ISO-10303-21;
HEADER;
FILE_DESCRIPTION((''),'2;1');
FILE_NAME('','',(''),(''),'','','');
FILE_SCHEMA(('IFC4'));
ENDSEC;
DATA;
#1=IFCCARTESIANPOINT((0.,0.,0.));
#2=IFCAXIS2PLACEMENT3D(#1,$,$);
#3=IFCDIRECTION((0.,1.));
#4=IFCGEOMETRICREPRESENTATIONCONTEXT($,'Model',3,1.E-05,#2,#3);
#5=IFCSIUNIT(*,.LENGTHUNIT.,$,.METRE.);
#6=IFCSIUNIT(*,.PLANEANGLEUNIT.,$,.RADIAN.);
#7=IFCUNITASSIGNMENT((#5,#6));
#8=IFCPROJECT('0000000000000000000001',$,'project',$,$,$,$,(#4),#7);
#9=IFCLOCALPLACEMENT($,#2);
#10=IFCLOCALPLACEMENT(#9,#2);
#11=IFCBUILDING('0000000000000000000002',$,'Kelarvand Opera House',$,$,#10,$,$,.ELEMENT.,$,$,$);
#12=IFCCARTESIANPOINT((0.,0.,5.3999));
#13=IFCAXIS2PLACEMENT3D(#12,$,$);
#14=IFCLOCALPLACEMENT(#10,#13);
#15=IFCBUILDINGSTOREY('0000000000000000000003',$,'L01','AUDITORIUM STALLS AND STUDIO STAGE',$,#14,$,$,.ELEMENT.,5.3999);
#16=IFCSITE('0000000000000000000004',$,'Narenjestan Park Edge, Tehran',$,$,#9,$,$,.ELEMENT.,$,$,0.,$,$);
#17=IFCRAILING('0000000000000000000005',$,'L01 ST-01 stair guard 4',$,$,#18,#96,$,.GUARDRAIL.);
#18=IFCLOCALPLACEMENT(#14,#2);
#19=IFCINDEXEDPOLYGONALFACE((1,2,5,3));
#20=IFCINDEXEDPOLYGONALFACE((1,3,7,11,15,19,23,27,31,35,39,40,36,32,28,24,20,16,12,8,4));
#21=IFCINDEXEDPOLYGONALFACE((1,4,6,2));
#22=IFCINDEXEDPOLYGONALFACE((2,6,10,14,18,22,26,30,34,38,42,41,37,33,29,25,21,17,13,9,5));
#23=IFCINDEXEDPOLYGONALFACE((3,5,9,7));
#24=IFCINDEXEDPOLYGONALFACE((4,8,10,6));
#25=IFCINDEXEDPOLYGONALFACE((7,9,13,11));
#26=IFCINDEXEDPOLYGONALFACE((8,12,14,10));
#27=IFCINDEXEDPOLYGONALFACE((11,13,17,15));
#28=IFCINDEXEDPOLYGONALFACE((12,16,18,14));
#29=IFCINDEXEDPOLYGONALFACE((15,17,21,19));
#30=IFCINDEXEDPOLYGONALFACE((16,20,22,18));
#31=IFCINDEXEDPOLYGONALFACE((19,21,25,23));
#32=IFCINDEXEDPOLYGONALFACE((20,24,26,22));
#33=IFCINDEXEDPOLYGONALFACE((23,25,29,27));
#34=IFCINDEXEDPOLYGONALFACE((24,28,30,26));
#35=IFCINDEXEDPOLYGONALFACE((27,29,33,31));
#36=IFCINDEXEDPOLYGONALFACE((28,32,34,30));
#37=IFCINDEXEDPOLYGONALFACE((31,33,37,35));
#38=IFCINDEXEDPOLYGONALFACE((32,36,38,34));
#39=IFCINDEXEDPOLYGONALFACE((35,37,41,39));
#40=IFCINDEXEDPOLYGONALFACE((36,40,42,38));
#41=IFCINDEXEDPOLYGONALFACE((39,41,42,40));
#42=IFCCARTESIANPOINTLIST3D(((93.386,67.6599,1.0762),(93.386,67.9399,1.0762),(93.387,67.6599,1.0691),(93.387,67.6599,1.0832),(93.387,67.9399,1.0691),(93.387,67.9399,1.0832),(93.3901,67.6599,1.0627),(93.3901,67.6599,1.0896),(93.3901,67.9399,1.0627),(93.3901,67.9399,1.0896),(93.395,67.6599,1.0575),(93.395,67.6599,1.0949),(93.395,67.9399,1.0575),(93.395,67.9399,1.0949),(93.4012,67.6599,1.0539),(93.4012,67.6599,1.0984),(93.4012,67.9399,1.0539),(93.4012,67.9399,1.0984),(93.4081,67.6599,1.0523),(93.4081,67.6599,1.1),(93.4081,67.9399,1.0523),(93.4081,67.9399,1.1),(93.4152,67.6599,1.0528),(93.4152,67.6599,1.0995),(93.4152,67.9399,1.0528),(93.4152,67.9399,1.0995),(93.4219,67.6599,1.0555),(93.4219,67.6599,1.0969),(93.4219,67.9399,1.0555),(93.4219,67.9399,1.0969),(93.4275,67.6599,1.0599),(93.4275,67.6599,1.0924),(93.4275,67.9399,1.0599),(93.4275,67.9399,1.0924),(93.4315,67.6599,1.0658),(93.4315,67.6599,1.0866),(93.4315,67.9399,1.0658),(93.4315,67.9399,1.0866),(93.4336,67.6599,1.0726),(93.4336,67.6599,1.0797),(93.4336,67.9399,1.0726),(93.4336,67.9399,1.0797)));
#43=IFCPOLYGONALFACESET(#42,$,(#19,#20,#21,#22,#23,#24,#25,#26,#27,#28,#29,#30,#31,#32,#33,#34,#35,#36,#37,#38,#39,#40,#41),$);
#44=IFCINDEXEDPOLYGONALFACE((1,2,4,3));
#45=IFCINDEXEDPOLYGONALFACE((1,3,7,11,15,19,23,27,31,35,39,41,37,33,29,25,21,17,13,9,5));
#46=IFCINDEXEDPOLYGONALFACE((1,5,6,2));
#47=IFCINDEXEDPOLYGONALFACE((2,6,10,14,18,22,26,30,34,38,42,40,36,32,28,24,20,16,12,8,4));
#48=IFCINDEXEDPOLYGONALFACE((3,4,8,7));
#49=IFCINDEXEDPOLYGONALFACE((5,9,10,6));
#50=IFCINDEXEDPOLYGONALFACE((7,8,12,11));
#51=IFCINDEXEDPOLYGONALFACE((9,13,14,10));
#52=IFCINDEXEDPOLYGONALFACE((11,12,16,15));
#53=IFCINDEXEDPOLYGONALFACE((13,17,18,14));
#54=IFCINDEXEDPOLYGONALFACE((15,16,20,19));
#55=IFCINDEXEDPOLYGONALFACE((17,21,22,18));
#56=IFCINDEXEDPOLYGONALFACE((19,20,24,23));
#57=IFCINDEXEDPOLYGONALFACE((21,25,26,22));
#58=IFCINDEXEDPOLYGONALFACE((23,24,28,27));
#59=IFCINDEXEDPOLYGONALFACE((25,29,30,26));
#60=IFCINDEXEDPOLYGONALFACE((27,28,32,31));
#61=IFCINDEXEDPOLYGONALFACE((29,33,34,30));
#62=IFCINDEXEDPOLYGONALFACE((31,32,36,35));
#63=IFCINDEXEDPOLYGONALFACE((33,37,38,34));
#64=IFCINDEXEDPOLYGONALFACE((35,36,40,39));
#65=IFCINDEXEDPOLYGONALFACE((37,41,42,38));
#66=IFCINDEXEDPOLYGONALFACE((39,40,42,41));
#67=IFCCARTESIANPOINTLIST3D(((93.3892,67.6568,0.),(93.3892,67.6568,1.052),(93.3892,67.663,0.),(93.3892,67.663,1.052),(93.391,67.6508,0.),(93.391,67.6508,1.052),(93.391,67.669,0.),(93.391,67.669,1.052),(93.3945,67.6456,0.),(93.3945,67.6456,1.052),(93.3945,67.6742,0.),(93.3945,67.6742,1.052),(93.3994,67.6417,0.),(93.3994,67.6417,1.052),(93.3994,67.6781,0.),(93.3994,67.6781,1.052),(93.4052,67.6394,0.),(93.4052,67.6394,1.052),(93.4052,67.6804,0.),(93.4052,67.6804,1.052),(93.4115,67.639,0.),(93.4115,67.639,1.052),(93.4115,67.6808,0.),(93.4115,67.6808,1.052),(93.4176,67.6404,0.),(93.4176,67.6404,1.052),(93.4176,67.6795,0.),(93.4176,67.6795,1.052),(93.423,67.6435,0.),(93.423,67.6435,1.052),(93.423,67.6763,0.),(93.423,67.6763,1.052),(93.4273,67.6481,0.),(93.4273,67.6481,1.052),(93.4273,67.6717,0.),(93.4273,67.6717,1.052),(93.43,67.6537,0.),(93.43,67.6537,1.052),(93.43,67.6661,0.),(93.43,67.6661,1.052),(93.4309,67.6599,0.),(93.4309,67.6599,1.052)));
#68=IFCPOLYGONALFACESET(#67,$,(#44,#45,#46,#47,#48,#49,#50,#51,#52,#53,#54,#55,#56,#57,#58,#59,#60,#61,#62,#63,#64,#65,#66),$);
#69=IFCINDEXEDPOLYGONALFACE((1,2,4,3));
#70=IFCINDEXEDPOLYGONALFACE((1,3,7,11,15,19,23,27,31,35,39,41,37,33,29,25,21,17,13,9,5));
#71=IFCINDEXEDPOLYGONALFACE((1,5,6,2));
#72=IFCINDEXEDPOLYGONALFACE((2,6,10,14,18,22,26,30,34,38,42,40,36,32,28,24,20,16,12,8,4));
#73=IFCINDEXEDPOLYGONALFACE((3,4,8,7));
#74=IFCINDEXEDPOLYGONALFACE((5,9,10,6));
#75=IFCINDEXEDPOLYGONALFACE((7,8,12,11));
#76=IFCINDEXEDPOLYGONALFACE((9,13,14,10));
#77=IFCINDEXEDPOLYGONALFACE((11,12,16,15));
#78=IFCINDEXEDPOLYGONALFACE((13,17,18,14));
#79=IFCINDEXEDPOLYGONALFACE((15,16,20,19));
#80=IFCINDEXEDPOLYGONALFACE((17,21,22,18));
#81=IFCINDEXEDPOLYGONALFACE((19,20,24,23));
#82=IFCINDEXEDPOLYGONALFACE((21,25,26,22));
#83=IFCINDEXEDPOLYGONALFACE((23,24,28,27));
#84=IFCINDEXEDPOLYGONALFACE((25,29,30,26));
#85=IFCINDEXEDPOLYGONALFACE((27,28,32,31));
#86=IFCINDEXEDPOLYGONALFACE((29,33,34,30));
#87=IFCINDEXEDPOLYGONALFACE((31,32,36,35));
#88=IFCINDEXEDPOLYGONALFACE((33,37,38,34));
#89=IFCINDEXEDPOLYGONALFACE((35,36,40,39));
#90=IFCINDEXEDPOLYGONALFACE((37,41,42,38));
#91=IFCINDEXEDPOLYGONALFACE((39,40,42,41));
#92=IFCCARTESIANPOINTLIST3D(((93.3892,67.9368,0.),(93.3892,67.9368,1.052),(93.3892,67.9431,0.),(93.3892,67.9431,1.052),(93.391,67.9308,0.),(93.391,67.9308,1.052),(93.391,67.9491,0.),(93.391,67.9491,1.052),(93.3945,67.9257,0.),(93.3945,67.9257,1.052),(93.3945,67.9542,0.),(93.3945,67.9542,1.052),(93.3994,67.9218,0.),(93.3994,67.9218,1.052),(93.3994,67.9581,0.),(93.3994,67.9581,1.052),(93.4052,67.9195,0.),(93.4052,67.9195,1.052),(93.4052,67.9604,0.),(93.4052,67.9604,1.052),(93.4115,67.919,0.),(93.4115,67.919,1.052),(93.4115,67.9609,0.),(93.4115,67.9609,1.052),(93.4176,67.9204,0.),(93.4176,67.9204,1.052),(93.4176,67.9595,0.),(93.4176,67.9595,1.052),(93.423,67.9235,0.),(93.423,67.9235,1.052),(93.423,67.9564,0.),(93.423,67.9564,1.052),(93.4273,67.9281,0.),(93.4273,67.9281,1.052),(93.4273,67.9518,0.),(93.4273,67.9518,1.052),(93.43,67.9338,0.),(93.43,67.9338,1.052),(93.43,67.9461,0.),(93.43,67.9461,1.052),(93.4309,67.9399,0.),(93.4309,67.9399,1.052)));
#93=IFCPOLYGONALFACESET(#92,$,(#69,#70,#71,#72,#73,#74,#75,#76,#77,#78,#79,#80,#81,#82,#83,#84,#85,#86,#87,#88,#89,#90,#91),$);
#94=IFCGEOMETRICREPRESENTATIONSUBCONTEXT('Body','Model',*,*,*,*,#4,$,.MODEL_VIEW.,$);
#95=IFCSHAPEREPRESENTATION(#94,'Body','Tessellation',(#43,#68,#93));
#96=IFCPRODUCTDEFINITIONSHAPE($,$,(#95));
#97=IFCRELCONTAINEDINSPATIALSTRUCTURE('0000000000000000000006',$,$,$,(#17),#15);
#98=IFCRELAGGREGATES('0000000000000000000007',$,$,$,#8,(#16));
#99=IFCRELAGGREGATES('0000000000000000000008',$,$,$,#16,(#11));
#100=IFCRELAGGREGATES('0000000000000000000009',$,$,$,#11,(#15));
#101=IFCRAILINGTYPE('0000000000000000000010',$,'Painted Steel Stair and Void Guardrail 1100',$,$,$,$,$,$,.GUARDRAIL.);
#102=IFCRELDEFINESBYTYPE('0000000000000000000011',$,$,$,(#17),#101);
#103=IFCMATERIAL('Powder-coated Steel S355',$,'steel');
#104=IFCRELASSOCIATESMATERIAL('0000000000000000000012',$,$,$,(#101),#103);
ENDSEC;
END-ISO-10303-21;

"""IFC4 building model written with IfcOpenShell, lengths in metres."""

from ifc_helpers import new_model, si_unit, direction, frame, origin, origin_2d, place, context, subcontext, project, spatial, circle, extrude, material, type_object, element, save


model = new_model("IFC4")

# Units and contexts
model_context = context("Model", 3, precision=1e-05, world=origin(), true_north=direction((0.0, 1.0)))
body_context = subcontext(model_context, "Body", "Model", "MODEL_VIEW")
ifc_project = project(units=[si_unit("LENGTHUNIT", "METRE"), si_unit("PLANEANGLEUNIT", "RADIAN")], contexts=[model_context])

# Site, building, storey
site_placement = place(None, origin())
site = spatial("IfcSite", under=ifc_project, at=site_placement, Name="Narenjestan Park Edge, Tehran", CompositionType="ELEMENT", RefElevation=0.0)
building_placement = place(site_placement, origin())
building = spatial("IfcBuilding", under=site, at=building_placement, Name="Kelarvand Opera House", CompositionType="ELEMENT")
storey_placement = place(building_placement, frame((0.0, 0.0, 5.3999)))
storey = spatial("IfcBuildingStorey", under=building, at=storey_placement, Name="L01", Description="AUDITORIUM STALLS AND STUDIO STAGE", CompositionType="ELEMENT", Elevation=5.3999)

# Railing
ifc_material_1 = material(Name="Powder-coated Steel S355", Category="steel")
railing_type_1 = type_object("IfcRailingType", Name="Painted Steel Stair and Void Guardrail 1100", PredefinedType="GUARDRAIL", material=ifc_material_1)
railing_1_placement = place(storey_placement, frame((93.4099, 67.6599, 0.0)))
element("IfcRailing", 1, at=railing_1_placement, inside=storey, type_object=railing_type_1, Name="L01 ST-01 stair guard 4", PredefinedType="GUARDRAIL", context=body_context, shape_type="SweptSolid", body=[
    extrude(circle(Radius=0.0239, at=origin_2d()), frame((0.0, 0.0, 1.0762), z_axis=(0.0, 1.0, 0.0), x_axis=(-1.0, 0.0, 0.0)), (0.0, 0.0, 1.0), 0.28),
    extrude(circle(Radius=0.021, at=origin_2d()), origin(), (0.0, 0.0, 1.0), 1.052),
    extrude(circle(Radius=0.021, at=origin_2d()), frame((0.0, 0.28, 0.0)), (0.0, 0.0, 1.0), 1.052),
])

save(model, "model.ifc")
